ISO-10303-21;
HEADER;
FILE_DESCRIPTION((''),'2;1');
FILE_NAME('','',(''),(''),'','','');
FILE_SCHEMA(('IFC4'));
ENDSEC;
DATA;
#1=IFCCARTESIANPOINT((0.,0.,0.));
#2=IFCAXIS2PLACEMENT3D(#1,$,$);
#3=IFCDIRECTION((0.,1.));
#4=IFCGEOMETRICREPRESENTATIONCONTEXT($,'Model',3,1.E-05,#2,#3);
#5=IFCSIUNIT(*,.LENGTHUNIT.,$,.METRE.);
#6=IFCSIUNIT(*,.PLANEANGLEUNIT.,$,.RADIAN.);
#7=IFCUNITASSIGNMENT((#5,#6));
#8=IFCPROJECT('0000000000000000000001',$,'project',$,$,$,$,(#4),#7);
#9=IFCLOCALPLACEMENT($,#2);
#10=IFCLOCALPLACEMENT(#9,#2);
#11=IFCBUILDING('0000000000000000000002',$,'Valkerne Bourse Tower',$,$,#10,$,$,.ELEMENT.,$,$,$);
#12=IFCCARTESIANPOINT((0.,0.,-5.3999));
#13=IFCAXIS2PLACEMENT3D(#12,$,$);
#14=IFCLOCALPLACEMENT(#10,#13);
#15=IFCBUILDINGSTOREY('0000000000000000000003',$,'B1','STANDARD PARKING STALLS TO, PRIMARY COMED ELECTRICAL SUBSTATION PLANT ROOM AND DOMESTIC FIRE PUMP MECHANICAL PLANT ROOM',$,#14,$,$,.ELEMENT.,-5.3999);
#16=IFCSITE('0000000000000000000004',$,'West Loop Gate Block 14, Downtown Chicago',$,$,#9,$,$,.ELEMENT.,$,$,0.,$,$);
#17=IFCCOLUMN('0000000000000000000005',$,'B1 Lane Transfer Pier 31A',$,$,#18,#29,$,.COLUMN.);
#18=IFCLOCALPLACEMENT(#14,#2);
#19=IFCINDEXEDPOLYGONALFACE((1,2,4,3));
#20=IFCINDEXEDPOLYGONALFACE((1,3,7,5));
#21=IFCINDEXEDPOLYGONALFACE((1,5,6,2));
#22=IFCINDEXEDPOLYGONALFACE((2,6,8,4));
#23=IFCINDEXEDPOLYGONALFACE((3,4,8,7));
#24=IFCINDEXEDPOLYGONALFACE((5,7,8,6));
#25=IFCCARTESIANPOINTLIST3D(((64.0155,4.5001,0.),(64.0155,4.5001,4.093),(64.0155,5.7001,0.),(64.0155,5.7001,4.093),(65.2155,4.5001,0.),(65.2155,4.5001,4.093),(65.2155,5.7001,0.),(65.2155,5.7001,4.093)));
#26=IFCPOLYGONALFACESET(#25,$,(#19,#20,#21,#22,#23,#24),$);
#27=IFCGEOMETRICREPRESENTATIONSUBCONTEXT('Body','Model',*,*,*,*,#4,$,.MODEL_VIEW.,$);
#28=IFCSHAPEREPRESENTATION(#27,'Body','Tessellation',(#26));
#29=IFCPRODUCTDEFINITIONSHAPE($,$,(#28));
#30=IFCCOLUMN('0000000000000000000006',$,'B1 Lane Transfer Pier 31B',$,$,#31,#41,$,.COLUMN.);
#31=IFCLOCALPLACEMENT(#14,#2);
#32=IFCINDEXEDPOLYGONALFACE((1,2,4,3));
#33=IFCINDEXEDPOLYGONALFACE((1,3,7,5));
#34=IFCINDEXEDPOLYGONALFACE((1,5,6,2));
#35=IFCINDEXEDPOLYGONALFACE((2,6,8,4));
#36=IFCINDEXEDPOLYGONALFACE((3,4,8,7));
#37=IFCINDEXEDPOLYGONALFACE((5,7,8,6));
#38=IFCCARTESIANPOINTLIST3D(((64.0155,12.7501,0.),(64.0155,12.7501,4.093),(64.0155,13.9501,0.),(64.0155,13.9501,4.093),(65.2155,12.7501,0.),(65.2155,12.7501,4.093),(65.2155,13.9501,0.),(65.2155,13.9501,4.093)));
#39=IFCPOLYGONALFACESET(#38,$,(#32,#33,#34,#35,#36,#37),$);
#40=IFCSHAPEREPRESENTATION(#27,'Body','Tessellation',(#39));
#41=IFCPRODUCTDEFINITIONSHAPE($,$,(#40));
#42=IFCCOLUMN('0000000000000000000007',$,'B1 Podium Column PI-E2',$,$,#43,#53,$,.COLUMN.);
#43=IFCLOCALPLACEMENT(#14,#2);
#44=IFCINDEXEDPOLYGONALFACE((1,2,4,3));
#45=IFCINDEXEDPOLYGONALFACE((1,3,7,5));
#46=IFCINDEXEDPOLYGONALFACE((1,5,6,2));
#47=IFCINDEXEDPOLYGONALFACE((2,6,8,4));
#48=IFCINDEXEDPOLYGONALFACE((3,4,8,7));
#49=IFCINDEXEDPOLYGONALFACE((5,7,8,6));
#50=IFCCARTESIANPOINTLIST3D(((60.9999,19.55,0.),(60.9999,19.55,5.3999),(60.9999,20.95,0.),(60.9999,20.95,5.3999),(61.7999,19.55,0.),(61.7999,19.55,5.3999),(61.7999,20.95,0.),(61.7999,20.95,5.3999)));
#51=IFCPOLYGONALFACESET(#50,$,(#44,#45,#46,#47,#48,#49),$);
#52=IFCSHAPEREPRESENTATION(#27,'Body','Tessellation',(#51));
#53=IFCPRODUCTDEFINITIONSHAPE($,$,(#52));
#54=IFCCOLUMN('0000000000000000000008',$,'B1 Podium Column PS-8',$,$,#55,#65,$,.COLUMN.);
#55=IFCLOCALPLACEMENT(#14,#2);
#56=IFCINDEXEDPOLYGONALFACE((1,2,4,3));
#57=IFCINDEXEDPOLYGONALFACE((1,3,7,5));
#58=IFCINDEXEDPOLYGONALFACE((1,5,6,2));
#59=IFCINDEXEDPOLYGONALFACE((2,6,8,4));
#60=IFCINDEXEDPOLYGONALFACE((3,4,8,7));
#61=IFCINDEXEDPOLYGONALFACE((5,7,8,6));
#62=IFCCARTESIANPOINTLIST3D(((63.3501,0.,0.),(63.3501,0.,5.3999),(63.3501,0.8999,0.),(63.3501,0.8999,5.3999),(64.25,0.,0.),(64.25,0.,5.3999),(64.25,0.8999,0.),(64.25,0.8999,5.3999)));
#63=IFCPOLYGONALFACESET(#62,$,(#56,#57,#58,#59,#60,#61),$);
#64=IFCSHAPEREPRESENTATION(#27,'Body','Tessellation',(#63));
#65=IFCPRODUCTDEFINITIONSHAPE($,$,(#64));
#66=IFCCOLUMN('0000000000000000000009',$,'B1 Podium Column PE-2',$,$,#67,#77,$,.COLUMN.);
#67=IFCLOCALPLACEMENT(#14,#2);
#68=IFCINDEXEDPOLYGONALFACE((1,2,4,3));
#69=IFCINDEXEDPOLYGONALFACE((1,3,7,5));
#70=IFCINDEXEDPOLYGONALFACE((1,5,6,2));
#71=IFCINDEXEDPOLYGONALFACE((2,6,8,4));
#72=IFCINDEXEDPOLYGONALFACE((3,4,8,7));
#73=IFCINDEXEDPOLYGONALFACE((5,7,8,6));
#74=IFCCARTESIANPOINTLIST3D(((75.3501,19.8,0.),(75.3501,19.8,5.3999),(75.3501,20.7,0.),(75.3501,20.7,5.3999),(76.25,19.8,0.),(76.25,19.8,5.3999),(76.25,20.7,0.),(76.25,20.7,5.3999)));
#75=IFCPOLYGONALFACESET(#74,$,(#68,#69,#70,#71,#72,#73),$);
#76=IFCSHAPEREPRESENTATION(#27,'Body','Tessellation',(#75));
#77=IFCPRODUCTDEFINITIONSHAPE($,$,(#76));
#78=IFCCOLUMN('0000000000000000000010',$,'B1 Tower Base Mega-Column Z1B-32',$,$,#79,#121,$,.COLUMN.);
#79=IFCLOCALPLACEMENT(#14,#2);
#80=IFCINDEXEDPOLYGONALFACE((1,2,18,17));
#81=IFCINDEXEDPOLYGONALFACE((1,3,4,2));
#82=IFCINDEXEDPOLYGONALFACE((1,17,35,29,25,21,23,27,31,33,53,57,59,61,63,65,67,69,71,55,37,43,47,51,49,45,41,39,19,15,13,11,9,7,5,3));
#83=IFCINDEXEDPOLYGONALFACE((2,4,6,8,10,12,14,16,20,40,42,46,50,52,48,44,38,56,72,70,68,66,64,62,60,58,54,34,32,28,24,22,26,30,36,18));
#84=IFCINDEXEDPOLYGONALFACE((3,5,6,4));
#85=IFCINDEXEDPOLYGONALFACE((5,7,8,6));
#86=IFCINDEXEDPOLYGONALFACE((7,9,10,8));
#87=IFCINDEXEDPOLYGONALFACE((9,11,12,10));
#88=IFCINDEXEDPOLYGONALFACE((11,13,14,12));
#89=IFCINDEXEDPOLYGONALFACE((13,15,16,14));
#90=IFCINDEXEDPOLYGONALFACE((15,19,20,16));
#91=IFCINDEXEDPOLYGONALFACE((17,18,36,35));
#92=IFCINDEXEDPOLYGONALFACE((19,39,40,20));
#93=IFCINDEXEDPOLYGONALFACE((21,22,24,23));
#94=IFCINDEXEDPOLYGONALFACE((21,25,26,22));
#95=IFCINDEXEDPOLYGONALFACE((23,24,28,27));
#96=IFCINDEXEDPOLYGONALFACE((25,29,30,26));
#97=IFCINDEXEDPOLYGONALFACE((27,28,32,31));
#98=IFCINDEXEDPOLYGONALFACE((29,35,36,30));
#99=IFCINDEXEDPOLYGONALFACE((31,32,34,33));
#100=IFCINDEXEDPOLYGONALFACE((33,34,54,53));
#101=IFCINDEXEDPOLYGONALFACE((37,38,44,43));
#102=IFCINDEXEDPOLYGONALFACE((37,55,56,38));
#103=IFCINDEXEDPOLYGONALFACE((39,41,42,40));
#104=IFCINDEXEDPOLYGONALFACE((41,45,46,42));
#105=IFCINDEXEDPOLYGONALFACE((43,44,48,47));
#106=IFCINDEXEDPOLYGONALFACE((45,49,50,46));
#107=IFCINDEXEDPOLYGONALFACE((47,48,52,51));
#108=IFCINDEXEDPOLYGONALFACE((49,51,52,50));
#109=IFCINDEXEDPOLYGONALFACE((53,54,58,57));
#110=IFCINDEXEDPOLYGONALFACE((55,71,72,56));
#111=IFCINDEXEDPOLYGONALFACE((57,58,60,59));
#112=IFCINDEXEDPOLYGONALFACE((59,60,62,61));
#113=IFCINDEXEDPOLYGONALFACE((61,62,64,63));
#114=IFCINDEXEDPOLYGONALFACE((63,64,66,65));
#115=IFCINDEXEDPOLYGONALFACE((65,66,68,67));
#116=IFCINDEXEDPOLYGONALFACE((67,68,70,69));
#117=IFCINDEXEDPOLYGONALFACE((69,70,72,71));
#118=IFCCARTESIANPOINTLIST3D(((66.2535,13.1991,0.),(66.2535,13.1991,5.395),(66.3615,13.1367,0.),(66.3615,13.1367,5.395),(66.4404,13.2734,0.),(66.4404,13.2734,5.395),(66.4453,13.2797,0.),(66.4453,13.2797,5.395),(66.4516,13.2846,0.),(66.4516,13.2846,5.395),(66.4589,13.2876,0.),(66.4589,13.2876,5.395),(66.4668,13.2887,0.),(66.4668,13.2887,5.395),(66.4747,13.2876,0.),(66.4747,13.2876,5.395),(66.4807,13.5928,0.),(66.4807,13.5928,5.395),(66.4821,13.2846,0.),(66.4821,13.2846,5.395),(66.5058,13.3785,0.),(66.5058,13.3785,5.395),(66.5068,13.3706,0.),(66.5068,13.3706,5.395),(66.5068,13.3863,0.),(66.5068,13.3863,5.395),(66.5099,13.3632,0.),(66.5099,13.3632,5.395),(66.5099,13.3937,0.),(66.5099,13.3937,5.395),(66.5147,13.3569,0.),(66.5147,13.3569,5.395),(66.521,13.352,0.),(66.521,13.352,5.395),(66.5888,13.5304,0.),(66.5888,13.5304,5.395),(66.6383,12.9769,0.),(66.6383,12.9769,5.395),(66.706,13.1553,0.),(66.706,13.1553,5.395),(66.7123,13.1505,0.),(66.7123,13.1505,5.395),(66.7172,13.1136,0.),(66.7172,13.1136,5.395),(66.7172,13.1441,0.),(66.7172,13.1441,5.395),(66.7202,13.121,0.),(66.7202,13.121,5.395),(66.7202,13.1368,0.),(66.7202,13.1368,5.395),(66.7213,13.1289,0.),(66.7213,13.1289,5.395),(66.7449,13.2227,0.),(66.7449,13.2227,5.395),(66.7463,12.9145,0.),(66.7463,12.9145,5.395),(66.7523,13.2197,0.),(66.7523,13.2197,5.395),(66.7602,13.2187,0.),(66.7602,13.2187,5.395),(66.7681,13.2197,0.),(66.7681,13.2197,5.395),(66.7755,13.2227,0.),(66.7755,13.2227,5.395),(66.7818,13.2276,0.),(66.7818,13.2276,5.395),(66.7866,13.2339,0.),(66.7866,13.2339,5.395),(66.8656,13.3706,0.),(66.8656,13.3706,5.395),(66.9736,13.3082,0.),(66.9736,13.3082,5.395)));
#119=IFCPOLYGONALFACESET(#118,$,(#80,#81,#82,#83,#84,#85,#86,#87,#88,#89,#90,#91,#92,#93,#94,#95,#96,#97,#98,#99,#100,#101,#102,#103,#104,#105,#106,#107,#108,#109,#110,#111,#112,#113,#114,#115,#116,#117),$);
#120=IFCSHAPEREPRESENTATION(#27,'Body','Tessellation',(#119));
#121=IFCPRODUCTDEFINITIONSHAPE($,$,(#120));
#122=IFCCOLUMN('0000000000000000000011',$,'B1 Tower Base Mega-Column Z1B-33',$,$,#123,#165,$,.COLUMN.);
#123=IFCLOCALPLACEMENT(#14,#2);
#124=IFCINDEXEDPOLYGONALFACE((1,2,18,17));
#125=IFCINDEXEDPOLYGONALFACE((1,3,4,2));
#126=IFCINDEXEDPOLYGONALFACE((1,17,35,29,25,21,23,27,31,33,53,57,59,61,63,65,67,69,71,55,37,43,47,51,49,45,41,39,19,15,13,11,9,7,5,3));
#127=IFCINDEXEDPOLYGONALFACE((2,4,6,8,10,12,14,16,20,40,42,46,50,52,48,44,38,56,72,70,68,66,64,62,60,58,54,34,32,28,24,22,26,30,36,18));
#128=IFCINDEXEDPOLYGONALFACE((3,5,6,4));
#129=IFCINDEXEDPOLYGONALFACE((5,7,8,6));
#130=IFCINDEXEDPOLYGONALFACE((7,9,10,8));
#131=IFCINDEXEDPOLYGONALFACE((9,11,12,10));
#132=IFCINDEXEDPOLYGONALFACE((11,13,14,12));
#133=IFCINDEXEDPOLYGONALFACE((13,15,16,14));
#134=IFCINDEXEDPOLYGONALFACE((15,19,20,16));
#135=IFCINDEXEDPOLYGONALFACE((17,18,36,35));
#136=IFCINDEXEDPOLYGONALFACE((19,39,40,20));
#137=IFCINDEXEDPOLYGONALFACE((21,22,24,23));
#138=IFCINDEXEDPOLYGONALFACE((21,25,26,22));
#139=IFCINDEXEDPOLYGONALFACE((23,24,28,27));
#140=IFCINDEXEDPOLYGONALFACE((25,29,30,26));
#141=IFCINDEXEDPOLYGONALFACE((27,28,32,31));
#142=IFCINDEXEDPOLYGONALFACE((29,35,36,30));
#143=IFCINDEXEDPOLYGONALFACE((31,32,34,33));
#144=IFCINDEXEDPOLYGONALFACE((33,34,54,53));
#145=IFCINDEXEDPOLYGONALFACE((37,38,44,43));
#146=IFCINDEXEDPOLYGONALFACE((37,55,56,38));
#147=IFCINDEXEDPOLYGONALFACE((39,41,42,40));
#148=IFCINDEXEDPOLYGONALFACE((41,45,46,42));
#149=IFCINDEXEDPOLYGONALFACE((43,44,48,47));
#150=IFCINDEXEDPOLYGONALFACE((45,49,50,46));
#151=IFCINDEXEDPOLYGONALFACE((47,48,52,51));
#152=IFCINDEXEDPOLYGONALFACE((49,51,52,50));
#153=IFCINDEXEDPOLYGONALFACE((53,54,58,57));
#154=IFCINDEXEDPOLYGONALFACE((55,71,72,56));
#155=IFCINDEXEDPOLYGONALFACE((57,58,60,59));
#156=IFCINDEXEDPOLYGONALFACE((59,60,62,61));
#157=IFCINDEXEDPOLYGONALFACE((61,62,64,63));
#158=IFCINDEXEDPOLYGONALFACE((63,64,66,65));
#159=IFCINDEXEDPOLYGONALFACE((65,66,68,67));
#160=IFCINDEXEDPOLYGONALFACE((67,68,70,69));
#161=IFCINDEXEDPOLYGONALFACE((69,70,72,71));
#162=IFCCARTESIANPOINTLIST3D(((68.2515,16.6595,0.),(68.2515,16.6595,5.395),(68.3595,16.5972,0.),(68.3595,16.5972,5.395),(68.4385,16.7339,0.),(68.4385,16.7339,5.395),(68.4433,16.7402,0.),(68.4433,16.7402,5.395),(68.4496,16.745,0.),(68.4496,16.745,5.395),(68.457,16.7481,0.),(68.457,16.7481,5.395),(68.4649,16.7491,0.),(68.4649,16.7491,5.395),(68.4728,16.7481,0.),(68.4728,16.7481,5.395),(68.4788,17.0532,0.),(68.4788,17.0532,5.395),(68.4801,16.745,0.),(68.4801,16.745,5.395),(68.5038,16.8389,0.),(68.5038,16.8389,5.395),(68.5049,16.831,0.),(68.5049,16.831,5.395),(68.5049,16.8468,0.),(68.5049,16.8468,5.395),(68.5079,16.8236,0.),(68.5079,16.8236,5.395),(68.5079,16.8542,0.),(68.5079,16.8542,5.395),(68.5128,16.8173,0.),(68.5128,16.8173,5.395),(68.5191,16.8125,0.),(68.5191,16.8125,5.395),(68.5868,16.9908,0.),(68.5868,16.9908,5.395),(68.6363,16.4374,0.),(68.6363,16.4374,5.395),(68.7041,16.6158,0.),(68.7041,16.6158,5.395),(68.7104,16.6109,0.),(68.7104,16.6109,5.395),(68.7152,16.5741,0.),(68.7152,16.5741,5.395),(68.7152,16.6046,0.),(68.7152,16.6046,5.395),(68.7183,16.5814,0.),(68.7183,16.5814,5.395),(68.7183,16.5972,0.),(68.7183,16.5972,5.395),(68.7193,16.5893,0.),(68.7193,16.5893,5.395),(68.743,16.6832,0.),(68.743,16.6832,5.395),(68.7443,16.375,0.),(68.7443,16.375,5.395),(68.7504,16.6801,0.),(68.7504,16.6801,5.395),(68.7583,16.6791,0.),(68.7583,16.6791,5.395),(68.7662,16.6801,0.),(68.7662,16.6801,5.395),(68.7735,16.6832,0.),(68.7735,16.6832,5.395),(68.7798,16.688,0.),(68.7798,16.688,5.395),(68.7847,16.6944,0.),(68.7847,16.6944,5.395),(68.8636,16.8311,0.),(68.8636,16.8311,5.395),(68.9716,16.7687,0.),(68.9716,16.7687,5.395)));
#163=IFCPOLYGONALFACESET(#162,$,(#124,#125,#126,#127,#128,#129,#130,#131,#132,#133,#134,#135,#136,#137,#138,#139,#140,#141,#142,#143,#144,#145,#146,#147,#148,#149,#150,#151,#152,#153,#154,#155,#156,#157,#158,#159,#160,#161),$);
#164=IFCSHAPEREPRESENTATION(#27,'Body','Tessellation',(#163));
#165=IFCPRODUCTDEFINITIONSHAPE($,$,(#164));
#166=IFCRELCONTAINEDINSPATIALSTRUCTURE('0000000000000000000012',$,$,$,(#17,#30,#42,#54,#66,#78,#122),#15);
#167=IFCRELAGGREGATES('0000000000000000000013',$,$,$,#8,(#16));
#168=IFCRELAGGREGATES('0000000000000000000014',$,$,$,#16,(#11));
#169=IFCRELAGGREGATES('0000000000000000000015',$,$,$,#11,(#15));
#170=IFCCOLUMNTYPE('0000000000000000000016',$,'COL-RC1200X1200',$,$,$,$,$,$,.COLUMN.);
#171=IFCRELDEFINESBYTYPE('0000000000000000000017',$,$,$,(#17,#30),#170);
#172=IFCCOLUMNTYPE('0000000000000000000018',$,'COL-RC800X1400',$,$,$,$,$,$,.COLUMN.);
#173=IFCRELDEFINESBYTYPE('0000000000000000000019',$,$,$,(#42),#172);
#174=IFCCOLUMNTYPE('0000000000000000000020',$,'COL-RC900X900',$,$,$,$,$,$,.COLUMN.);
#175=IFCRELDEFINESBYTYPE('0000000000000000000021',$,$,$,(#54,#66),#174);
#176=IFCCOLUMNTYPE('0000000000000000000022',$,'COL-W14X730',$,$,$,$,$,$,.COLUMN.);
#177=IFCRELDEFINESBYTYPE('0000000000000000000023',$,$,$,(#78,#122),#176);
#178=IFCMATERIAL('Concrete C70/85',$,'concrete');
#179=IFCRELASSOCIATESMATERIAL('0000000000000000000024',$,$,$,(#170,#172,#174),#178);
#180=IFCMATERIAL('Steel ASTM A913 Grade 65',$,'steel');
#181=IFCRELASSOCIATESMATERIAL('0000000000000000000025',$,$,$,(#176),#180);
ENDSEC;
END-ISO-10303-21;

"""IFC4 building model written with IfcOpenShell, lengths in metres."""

from ifc_helpers import new_model, si_unit, direction, frame, origin, origin_2d, place, context, subcontext, project, spatial, rectangle, i_section, extrude, material, material_profile, profile_set, type_object, element, save


model = new_model("IFC4")

# Units and contexts
model_context = context("Model", 3, precision=1e-05, world=origin(), true_north=direction((0.0, 1.0)))
body_context = subcontext(model_context, "Body", "Model", "MODEL_VIEW")
ifc_project = project(units=[si_unit("LENGTHUNIT", "METRE"), si_unit("PLANEANGLEUNIT", "RADIAN")], contexts=[model_context])

# Site, building, storey
site_placement = place(None, origin())
site = spatial("IfcSite", under=ifc_project, at=site_placement, Name="West Loop Gate Block 14, Downtown Chicago", CompositionType="ELEMENT", RefElevation=0.0)
building_placement = place(site_placement, origin())
building = spatial("IfcBuilding", under=site, at=building_placement, Name="Valkerne Bourse Tower", CompositionType="ELEMENT")
storey_placement = place(building_placement, frame((0.0, 0.0, -5.3999)))
storey = spatial("IfcBuildingStorey", under=building, at=storey_placement, Name="B1", Description="STANDARD PARKING STALLS TO, PRIMARY COMED ELECTRICAL SUBSTATION PLANT ROOM AND DOMESTIC FIRE PUMP MECHANICAL PLANT ROOM", CompositionType="ELEMENT", Elevation=-5.3999)

# Columns
ifc_material_1 = material(Name="Concrete C70/85", Category="concrete")
ifc_material_profile_1 = material_profile(ifc_material_1, rectangle(XDim=1.2, YDim=1.2, at=origin_2d()), Name="RC1200X1200")
ifc_profile_set_1 = profile_set([ifc_material_profile_1], Name="Concrete C70/85")
column_type_1 = type_object("IfcColumnType", Name="COL-RC1200X1200", PredefinedType="COLUMN", material=ifc_profile_set_1)
for number, where, z_axis, x_axis, name in (
    (1, (64.6155, 5.1001, 0.0), (0.0, 0.0, 1.0), (1.0, 0.0, 0.0), "B1 Lane Transfer Pier 31A"),
    (2, (64.6155, 13.3501, 0.0), (0.0, 0.0, 1.0), (1.0, 0.0, 0.0), "B1 Lane Transfer Pier 31B"),
):
    element("IfcColumn", number, at=place(storey_placement, frame(where, z_axis=z_axis, x_axis=x_axis)), inside=storey, type_object=column_type_1, Name=name, PredefinedType="COLUMN", context=body_context, shape_type="SweptSolid", body=[
        extrude(rectangle(XDim=1.2, YDim=1.2, at=origin_2d()), origin(), (0.0, 0.0, 1.0), 4.093),
    ])
ifc_material_profile_2 = material_profile(ifc_material_1, rectangle(XDim=0.8, YDim=1.3999, at=origin_2d()), Name="RC800X1400")
ifc_profile_set_2 = profile_set([ifc_material_profile_2], Name="Concrete C70/85")
column_type_2 = type_object("IfcColumnType", Name="COL-RC800X1400", PredefinedType="COLUMN", material=ifc_profile_set_2)
column_placement = place(storey_placement, frame((61.3999, 20.25, 0.0), z_axis=(0.0, 0.0, 1.0), x_axis=(1.0, 0.0, 0.0)))
element("IfcColumn", 3, at=column_placement, inside=storey, type_object=column_type_2, Name="B1 Podium Column PI-E2", PredefinedType="COLUMN", context=body_context, shape_type="SweptSolid", body=[
    extrude(rectangle(XDim=0.8, YDim=1.3999, at=origin_2d()), origin(), (0.0, 0.0, 1.0), 5.3999),
])
ifc_material_profile_3 = material_profile(ifc_material_1, rectangle(XDim=0.8999, YDim=0.8999, at=origin_2d()), Name="RC900X900")
ifc_profile_set_3 = profile_set([ifc_material_profile_3], Name="Concrete C70/85")
column_type_3 = type_object("IfcColumnType", Name="COL-RC900X900", PredefinedType="COLUMN", material=ifc_profile_set_3)
for number, where, z_axis, x_axis, name in (
    (4, (63.8, 0.45, 0.0), (0.0, 0.0, 1.0), (1.0, 0.0, 0.0), "B1 Podium Column PS-8"),
    (5, (75.8, 20.25, 0.0), (0.0, 0.0, 1.0), (1.0, 0.0, 0.0), "B1 Podium Column PE-2"),
):
    element("IfcColumn", number, at=place(storey_placement, frame(where, z_axis=z_axis, x_axis=x_axis)), inside=storey, type_object=column_type_3, Name=name, PredefinedType="COLUMN", context=body_context, shape_type="SweptSolid", body=[
        extrude(rectangle(XDim=0.8999, YDim=0.8999, at=origin_2d()), origin(), (0.0, 0.0, 1.0), 5.3999),
    ])
ifc_material_2 = material(Name="Steel ASTM A913 Grade 65", Category="steel")
ifc_material_profile_4 = material_profile(ifc_material_2, i_section(OverallWidth=0.4546, OverallDepth=0.5691, WebThickness=0.0779, FlangeThickness=0.1248, FilletRadius=0.0305, at=origin_2d()), Name="W14X730")
ifc_profile_set_4 = profile_set([ifc_material_profile_4], Name="Steel ASTM A913 Grade 65")
column_type_4 = type_object("IfcColumnType", Name="COL-W14X730", PredefinedType="COLUMN", material=ifc_profile_set_4)
for number, where, z_axis, x_axis, name in (
    (6, (66.6135, 13.2537, 0.0), (0.0, 0.0, 1.0), (0.5, 0.866025, 0.0), "B1 Tower Base Mega-Column Z1B-32"),
    (7, (68.6116, 16.7141, 0.0), (0.0, 0.0, 1.0), (0.5, 0.866025, 0.0), "B1 Tower Base Mega-Column Z1B-33"),
):
    element("IfcColumn", number, at=place(storey_placement, frame(where, z_axis=z_axis, x_axis=x_axis)), inside=storey, type_object=column_type_4, Name=name, PredefinedType="COLUMN", context=body_context, shape_type="SweptSolid", body=[
        extrude(i_section(OverallWidth=0.4546, OverallDepth=0.5691, WebThickness=0.0779, FlangeThickness=0.1248, FilletRadius=0.0305, at=origin_2d()), origin(), (0.0, 0.0, 1.0), 5.395),
    ])

save(model, "model.ifc")
